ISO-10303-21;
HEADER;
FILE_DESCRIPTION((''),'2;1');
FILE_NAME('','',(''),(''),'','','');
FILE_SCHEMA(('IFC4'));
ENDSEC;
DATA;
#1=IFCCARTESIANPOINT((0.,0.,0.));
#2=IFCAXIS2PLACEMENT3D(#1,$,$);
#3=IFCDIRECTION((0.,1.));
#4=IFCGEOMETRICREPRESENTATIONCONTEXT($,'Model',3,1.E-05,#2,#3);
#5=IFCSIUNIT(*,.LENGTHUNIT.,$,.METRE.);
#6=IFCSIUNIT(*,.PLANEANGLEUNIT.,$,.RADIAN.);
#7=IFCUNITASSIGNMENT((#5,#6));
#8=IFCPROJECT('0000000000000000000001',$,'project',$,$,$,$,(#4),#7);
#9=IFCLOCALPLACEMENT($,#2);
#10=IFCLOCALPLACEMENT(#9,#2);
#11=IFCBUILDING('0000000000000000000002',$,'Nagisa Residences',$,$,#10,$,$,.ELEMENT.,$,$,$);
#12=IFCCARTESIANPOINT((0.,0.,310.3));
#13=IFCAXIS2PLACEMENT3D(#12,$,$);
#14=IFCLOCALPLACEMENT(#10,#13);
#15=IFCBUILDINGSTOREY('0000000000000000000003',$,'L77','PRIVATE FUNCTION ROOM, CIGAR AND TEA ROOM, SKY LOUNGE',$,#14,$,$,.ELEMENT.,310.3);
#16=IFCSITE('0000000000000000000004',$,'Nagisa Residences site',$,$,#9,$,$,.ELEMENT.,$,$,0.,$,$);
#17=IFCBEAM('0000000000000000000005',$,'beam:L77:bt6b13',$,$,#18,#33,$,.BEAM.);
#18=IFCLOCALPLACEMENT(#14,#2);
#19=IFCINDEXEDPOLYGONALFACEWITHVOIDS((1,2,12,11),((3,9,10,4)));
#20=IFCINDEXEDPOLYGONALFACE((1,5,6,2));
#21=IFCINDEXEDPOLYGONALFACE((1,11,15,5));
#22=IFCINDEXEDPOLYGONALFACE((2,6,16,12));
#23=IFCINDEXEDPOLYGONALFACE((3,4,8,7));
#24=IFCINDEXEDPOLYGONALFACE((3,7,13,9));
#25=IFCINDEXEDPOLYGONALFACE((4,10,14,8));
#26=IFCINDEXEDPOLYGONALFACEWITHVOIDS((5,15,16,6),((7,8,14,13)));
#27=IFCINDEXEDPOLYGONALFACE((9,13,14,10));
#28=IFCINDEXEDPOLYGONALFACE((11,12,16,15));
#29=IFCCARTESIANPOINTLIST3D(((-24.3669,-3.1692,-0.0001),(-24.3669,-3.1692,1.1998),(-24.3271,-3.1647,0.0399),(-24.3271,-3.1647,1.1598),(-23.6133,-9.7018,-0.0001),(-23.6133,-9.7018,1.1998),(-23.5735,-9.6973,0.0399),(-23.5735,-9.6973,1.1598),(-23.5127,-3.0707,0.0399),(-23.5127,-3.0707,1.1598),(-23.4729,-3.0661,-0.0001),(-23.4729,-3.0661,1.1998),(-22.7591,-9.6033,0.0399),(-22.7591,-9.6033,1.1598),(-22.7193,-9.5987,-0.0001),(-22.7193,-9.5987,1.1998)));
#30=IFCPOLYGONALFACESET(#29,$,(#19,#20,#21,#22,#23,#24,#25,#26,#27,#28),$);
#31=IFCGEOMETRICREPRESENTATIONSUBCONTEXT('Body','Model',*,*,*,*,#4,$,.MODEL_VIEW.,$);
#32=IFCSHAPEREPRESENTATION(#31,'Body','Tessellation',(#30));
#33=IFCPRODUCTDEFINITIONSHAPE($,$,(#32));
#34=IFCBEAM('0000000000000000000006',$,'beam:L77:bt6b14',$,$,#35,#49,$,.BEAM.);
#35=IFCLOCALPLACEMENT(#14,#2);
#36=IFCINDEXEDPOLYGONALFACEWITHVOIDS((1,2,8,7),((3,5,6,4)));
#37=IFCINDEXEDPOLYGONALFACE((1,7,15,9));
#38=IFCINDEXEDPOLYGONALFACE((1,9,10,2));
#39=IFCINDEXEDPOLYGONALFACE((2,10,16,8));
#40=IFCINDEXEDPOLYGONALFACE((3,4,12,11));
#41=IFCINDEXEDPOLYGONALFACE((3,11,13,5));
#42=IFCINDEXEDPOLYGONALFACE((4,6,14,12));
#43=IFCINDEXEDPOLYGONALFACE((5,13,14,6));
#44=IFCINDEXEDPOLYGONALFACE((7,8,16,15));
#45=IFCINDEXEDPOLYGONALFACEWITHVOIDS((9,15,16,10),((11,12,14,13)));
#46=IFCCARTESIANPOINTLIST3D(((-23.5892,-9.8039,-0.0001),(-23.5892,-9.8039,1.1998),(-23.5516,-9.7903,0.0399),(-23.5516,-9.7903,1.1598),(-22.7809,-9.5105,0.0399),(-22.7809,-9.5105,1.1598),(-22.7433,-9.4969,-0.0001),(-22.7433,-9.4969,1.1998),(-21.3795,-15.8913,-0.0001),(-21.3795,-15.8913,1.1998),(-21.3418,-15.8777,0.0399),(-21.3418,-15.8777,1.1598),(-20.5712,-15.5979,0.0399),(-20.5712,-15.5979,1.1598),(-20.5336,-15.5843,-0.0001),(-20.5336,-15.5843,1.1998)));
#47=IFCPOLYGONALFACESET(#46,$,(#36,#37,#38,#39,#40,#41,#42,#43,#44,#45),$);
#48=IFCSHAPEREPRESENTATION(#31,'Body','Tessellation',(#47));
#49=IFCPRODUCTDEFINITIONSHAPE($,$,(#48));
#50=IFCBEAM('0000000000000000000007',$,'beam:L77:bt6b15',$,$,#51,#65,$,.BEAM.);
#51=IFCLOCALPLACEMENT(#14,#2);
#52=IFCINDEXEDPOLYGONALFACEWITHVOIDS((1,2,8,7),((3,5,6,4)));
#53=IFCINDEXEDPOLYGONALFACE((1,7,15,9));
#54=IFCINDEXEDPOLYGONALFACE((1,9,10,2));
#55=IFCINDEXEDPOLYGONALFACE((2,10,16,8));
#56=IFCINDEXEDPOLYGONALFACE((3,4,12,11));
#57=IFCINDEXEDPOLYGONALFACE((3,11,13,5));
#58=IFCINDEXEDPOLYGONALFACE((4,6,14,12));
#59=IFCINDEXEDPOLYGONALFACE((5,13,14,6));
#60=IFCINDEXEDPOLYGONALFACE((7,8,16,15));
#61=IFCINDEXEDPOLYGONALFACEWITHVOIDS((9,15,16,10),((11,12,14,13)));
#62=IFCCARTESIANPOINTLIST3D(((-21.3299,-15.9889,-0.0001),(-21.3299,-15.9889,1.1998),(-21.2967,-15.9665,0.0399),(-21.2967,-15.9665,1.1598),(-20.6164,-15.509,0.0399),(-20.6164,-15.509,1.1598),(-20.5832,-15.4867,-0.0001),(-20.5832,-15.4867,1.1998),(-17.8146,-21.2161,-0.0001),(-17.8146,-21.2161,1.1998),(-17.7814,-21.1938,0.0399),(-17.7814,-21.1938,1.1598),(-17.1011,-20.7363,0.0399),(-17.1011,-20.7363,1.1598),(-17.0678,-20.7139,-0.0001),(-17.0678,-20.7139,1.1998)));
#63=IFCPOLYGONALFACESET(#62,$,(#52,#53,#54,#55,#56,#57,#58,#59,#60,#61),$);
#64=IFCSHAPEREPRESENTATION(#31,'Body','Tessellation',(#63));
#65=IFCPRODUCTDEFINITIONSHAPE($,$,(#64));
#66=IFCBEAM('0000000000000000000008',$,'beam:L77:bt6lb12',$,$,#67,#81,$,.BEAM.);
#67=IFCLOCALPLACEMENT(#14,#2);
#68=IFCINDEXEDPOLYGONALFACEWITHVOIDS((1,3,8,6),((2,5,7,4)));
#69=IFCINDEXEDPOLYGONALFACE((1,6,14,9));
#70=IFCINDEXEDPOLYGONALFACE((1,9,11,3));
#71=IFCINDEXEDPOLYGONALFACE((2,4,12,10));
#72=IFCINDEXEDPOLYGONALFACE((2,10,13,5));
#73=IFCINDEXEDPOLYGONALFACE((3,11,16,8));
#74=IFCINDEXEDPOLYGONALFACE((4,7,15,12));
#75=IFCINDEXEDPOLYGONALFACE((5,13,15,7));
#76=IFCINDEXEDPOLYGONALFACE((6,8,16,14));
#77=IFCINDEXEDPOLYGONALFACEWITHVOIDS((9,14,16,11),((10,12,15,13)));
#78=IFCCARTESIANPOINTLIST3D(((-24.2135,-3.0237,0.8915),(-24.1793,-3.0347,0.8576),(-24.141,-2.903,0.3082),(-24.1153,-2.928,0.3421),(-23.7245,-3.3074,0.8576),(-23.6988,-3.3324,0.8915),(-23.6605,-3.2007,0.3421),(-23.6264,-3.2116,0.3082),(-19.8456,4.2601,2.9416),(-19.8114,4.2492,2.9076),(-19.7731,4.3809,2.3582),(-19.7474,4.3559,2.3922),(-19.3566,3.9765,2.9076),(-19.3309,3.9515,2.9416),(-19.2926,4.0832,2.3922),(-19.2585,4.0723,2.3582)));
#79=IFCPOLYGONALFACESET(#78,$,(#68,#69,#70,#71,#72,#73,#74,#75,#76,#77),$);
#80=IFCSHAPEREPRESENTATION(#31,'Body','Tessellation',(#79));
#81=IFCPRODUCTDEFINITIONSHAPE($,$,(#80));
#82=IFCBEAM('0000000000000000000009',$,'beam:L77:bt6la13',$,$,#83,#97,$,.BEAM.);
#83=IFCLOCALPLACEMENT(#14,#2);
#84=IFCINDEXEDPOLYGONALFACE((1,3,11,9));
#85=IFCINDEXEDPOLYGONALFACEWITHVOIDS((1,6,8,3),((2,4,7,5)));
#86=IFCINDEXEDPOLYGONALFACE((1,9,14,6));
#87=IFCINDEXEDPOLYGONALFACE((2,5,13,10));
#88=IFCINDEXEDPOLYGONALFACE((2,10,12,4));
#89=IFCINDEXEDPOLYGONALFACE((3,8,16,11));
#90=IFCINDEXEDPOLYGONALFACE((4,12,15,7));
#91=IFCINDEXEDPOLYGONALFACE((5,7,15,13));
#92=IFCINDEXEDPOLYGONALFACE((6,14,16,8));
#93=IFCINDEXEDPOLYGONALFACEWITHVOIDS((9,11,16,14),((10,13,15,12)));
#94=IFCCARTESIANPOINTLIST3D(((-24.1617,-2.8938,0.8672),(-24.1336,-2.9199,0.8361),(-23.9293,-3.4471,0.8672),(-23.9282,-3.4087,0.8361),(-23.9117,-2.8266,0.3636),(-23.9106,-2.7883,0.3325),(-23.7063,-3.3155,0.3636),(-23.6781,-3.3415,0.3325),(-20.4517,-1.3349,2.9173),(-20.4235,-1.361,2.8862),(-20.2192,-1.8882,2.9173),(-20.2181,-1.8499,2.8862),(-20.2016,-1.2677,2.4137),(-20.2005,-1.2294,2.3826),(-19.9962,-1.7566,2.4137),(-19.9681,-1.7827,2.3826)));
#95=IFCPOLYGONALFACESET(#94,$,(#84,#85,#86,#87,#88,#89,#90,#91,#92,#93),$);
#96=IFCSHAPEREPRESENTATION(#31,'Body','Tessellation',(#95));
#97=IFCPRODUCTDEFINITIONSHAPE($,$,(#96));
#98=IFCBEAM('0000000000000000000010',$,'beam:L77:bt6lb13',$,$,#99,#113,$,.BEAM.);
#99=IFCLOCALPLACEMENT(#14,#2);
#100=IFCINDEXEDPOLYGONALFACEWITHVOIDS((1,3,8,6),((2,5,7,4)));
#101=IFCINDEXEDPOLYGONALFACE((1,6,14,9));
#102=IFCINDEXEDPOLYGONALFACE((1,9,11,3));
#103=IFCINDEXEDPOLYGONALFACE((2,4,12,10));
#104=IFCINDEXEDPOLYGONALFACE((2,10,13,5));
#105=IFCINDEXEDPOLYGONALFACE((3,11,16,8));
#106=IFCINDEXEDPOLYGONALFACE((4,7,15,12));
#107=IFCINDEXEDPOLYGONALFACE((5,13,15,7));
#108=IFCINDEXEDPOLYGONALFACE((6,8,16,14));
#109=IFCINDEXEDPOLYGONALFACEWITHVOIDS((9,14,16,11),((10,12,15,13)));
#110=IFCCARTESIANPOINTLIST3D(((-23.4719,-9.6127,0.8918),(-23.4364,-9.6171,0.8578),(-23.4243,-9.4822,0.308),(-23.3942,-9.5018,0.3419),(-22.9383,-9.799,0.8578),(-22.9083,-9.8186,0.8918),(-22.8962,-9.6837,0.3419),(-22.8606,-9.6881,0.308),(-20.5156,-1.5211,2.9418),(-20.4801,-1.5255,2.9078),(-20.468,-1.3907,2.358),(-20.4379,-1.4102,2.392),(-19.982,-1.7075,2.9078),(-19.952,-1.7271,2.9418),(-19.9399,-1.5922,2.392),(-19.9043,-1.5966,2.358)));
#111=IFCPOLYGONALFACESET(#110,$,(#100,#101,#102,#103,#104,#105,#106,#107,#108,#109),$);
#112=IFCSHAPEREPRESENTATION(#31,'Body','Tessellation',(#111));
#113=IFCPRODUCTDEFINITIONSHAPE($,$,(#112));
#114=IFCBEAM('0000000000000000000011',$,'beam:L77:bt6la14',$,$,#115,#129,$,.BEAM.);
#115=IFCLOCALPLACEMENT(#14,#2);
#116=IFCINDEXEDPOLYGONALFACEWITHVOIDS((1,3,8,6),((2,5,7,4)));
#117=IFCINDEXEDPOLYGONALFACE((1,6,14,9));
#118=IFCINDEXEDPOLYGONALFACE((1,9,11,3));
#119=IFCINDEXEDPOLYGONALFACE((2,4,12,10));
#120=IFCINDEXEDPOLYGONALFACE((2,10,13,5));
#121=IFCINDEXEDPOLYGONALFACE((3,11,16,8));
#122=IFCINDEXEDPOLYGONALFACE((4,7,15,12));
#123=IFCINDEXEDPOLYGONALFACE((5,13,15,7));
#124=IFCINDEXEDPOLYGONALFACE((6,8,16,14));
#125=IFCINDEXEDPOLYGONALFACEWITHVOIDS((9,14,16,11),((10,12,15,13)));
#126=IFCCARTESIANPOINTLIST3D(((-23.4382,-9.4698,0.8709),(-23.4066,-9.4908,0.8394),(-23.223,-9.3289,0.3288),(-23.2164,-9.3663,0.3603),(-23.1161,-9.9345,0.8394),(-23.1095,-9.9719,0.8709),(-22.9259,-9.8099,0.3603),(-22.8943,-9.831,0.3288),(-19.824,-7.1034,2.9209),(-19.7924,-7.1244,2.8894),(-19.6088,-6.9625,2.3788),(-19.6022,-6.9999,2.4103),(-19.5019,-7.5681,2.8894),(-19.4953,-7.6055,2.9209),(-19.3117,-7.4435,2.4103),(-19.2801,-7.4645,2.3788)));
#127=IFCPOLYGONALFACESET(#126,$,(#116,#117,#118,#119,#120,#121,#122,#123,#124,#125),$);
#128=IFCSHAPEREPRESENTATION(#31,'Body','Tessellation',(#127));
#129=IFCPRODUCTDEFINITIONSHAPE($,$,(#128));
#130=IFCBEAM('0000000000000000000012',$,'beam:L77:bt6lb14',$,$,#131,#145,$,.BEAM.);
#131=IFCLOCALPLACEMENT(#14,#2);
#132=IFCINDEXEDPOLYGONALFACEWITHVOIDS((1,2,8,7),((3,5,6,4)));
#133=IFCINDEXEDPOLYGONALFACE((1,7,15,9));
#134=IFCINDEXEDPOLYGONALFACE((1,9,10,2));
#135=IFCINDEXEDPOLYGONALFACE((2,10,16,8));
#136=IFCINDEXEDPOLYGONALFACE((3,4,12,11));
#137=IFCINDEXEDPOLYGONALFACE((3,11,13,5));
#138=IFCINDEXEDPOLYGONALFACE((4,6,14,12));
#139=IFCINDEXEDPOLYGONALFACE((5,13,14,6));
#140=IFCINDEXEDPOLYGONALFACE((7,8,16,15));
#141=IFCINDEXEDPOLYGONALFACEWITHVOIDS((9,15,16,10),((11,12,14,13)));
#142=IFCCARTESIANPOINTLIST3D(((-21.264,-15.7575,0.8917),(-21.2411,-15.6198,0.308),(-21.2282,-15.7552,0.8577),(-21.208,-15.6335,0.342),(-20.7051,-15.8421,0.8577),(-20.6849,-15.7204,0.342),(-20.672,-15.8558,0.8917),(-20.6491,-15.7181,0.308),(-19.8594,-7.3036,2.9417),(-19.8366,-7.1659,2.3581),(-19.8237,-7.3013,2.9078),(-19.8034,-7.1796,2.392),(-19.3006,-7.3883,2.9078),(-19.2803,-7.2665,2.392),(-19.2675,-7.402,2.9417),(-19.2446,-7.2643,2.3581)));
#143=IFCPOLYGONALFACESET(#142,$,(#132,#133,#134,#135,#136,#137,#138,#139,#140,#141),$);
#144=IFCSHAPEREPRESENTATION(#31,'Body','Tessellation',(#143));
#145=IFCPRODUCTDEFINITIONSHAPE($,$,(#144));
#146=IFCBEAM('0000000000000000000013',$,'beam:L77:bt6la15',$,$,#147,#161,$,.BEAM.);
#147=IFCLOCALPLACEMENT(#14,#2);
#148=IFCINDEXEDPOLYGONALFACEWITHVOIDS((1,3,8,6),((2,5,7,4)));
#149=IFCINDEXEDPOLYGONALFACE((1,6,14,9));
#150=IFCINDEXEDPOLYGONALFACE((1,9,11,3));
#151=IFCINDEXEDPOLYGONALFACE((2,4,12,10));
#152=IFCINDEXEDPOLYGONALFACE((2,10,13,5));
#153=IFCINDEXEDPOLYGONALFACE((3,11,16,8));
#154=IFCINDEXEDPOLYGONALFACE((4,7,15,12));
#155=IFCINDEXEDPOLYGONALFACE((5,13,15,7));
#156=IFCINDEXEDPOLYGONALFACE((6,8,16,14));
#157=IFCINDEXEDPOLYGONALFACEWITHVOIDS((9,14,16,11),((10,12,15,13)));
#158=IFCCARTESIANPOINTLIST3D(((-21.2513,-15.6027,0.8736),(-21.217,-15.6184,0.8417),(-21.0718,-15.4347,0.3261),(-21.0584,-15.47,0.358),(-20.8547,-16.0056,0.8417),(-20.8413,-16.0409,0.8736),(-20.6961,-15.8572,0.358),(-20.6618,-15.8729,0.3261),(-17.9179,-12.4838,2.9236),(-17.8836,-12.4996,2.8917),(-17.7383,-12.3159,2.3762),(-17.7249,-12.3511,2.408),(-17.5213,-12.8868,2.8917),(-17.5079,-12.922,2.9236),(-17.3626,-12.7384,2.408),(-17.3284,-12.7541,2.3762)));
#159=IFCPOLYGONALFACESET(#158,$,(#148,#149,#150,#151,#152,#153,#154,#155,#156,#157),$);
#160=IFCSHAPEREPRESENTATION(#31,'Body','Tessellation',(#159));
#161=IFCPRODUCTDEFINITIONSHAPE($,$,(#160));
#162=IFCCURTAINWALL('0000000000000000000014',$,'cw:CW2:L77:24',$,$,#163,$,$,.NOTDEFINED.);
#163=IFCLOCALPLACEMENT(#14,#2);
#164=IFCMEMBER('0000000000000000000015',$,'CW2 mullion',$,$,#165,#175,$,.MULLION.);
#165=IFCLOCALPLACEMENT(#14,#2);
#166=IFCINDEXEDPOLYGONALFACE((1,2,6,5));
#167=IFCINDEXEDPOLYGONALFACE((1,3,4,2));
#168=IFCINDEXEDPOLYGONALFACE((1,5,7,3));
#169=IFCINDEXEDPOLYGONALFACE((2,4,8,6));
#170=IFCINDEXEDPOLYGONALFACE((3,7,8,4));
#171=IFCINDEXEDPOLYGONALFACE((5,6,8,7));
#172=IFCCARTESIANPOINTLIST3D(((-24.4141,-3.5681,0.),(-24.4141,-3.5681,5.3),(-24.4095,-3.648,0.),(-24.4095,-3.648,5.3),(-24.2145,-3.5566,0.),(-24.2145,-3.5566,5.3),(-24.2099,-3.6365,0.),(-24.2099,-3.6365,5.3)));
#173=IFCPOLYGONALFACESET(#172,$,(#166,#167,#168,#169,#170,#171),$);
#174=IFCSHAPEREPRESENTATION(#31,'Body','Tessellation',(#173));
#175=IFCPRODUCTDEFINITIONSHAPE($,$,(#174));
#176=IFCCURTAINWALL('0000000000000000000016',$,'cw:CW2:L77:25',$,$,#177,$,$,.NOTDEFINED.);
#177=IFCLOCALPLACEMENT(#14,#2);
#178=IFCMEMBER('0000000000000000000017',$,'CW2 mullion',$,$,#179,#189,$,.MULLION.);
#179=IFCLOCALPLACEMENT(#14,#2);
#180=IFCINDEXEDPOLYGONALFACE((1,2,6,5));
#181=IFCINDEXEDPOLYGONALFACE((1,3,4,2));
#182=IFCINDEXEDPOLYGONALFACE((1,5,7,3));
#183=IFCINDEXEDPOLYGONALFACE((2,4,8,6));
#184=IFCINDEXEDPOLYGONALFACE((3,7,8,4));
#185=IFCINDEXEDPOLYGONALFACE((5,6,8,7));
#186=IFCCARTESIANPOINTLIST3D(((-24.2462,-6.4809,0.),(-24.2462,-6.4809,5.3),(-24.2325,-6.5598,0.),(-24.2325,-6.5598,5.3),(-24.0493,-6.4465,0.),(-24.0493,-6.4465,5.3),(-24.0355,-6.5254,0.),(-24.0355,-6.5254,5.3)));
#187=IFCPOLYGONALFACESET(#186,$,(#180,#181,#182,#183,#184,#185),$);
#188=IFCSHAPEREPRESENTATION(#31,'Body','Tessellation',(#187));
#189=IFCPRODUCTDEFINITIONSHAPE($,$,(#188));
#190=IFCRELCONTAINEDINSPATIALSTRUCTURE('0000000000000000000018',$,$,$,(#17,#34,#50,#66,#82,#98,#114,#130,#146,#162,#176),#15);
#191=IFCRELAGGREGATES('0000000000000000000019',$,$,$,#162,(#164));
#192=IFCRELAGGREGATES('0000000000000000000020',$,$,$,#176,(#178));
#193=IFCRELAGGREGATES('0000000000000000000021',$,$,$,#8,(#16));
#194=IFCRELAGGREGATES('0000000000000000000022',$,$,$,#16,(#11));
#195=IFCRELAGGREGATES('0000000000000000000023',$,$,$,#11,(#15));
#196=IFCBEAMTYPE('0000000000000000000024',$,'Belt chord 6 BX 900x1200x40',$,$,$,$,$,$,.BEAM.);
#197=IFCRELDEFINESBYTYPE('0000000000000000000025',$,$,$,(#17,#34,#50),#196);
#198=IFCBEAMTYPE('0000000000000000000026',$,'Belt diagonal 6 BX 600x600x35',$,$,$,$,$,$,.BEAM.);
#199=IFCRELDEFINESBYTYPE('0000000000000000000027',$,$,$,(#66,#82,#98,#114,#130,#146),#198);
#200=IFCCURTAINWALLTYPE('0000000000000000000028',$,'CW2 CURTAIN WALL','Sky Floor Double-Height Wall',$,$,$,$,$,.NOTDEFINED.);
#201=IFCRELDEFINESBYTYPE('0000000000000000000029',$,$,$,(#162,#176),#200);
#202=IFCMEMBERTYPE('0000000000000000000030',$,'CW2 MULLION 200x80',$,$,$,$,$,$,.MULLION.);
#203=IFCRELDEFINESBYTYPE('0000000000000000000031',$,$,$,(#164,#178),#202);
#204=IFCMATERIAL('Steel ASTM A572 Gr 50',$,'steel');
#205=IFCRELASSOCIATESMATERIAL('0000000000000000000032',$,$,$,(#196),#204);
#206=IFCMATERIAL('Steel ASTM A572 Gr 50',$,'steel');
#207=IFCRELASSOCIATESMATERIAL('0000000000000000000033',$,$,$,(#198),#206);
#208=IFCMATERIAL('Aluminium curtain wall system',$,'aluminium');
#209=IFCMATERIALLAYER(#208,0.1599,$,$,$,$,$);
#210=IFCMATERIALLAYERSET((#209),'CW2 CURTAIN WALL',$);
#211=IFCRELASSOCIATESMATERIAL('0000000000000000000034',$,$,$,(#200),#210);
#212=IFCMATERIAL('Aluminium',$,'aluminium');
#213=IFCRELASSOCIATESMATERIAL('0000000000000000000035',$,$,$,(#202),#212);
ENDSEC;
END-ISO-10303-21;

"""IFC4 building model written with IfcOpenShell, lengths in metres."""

from ifc_helpers import new_model, si_unit, direction, frame, origin, origin_2d, place, context, subcontext, project, spatial, rectangle, hollow_rectangle, extrude, material, layer, layer_set, material_profile, profile_set, type_object, element, aggregate, save


model = new_model("IFC4")

# Units and contexts
model_context = context("Model", 3, precision=1e-05, world=origin(), true_north=direction((0.0, 1.0)))
body_context = subcontext(model_context, "Body", "Model", "MODEL_VIEW")
ifc_project = project(units=[si_unit("LENGTHUNIT", "METRE"), si_unit("PLANEANGLEUNIT", "RADIAN")], contexts=[model_context])

# Site, building, storey
site_placement = place(None, origin())
site = spatial("IfcSite", under=ifc_project, at=site_placement, Name="Nagisa Residences site", CompositionType="ELEMENT", RefElevation=0.0)
building_placement = place(site_placement, origin())
building = spatial("IfcBuilding", under=site, at=building_placement, Name="Nagisa Residences", CompositionType="ELEMENT")
storey_placement = place(building_placement, frame((0.0, 0.0, 310.3)))
storey = spatial("IfcBuildingStorey", under=building, at=storey_placement, Name="L77", Description="PRIVATE FUNCTION ROOM, CIGAR AND TEA ROOM, SKY LOUNGE", CompositionType="ELEMENT", Elevation=310.3)

# Beams
ifc_material_1 = material(Name="Steel ASTM A572 Gr 50", Category="steel")
ifc_material_profile_1 = material_profile(ifc_material_1, hollow_rectangle(XDim=0.8999, YDim=1.2, WallThickness=0.04, at=origin_2d()), Name="BX 900x1200x40")
ifc_profile_set_1 = profile_set([ifc_material_profile_1], Name="Steel ASTM A572 Gr 50")
beam_type_1 = type_object("IfcBeamType", Name="Belt chord 6 BX 900x1200x40", PredefinedType="BEAM", material=ifc_profile_set_1)
beam_1_placement = place(storey_placement, frame((-23.9199, -3.1177, 0.5999), z_axis=(0.114607, -0.993411, 0.0), x_axis=(0.993411, 0.114607, 0.0)))
element("IfcBeam", 1, at=beam_1_placement, inside=storey, type_object=beam_type_1, Name="beam:L77:bt6b13", PredefinedType="BEAM", context=body_context, shape_type="SweptSolid", body=[
    extrude(hollow_rectangle(XDim=0.8999, YDim=1.2, WallThickness=0.04, at=origin_2d()), origin(), (0.0, 0.0, 1.0), 6.5759),
])
beam_2_placement = place(storey_placement, frame((-23.1663, -9.6504, 0.5999), z_axis=(0.341213, -0.939986, 0.0), x_axis=(0.939986, 0.341213, 0.0)))
element("IfcBeam", 2, at=beam_2_placement, inside=storey, type_object=beam_type_1, Name="beam:L77:bt6b14", PredefinedType="BEAM", context=body_context, shape_type="SweptSolid", body=[
    extrude(hollow_rectangle(XDim=0.8999, YDim=1.2, WallThickness=0.04, at=origin_2d()), origin(), (0.0, 0.0, 1.0), 6.4761),
])
beam_3_placement = place(storey_placement, frame((-20.9565, -15.7378, 0.5999), z_axis=(0.55805, -0.829808, 0.0), x_axis=(0.829808, 0.55805, 0.0)))
element("IfcBeam", 3, at=beam_3_placement, inside=storey, type_object=beam_type_1, Name="beam:L77:bt6b15", PredefinedType="BEAM", context=body_context, shape_type="SweptSolid", body=[
    extrude(hollow_rectangle(XDim=0.8999, YDim=1.2, WallThickness=0.04, at=origin_2d()), origin(), (0.0, 0.0, 1.0), 6.2993),
])
ifc_material_2 = material(Name="Steel ASTM A572 Gr 50", Category="steel")
ifc_material_profile_2 = material_profile(ifc_material_2, hollow_rectangle(XDim=0.6001, YDim=0.6001, WallThickness=0.0349, at=origin_2d()), Name="BX 600x600x35")
ifc_profile_set_2 = profile_set([ifc_material_profile_2], Name="Steel ASTM A572 Gr 50")
beam_type_2 = type_object("IfcBeamType", Name="Belt diagonal 6 BX 600x600x35", PredefinedType="BEAM", material=ifc_profile_set_2)
beam_4_placement = place(storey_placement, frame((-23.9199, -3.1177, 0.5999), z_axis=(0.499927, 0.833678, 0.234637), x_axis=(-0.85762, 0.514284, 0.0)))
element("IfcBeam", 4, at=beam_4_placement, inside=storey, type_object=beam_type_2, Name="beam:L77:bt6lb12", PredefinedType="BEAM", context=body_context, shape_type="SweptSolid", body=[
    extrude(hollow_rectangle(XDim=0.6001, YDim=0.6001, WallThickness=0.0349, at=origin_2d()), origin(), (0.0, 0.0, 1.0), 8.7371),
])
beam_5_placement = place(storey_placement, frame((-23.9199, -3.1177, 0.5999), z_axis=(0.82147, 0.345162, 0.453928), x_axis=(-0.387371, 0.921924, 0.0)))
element("IfcBeam", 5, at=beam_5_placement, inside=storey, type_object=beam_type_2, Name="beam:L77:bt6la13", PredefinedType="BEAM", context=body_context, shape_type="SweptSolid", body=[
    extrude(hollow_rectangle(XDim=0.6001, YDim=0.6001, WallThickness=0.0349, at=origin_2d()), origin(), (0.0, 0.0, 1.0), 4.5164),
])
beam_6_placement = place(storey_placement, frame((-23.1663, -9.6504, 0.5999), z_axis=(0.333847, 0.913757, 0.231506), x_axis=(-0.939274, 0.343169, 0.0)))
element("IfcBeam", 6, at=beam_6_placement, inside=storey, type_object=beam_type_2, Name="beam:L77:bt6lb13", PredefinedType="BEAM", context=body_context, shape_type="SweptSolid", body=[
    extrude(hollow_rectangle(XDim=0.6001, YDim=0.6001, WallThickness=0.0349, at=origin_2d()), origin(), (0.0, 0.0, 1.0), 8.8552),
])
beam_7_placement = place(storey_placement, frame((-23.1663, -9.6504, 0.5999), z_axis=(0.755835, 0.494887, 0.428719), x_axis=(-0.547782, 0.836621, 0.0)))
element("IfcBeam", 7, at=beam_7_placement, inside=storey, type_object=beam_type_2, Name="beam:L77:bt6la14", PredefinedType="BEAM", context=body_context, shape_type="SweptSolid", body=[
    extrude(hollow_rectangle(XDim=0.6001, YDim=0.6001, WallThickness=0.0349, at=origin_2d()), origin(), (0.0, 0.0, 1.0), 4.7817),
])
beam_8_placement = place(storey_placement, frame((-20.9565, -15.7378, 0.5999), z_axis=(0.159398, 0.959408, 0.232655), x_axis=(-0.986478, 0.163895, 0.0)))
element("IfcBeam", 8, at=beam_8_placement, inside=storey, type_object=beam_type_2, Name="beam:L77:bt6lb14", PredefinedType="BEAM", context=body_context, shape_type="SweptSolid", body=[
    extrude(hollow_rectangle(XDim=0.6001, YDim=0.6001, WallThickness=0.0349, at=origin_2d()), origin(), (0.0, 0.0, 1.0), 8.8115),
])
beam_9_placement = place(storey_placement, frame((-20.9565, -15.7378, 0.5999), z_axis=(0.666134, 0.623251, 0.409662), x_axis=(-0.683211, 0.730221, 0.0)))
element("IfcBeam", 9, at=beam_9_placement, inside=storey, type_object=beam_type_2, Name="beam:L77:bt6la15", PredefinedType="BEAM", context=body_context, shape_type="SweptSolid", body=[
    extrude(hollow_rectangle(XDim=0.6001, YDim=0.6001, WallThickness=0.0349, at=origin_2d()), origin(), (0.0, 0.0, 1.0), 5.0042),
])

# Curtain walls, members
ifc_material_3 = material(Name="Aluminium curtain wall system", Category="aluminium")
ifc_layer_1 = layer(ifc_material_3, 0.1599)
ifc_layer_set_1 = layer_set([ifc_layer_1], Name="CW2 CURTAIN WALL")
curtain_wall_type = type_object("IfcCurtainWallType", Name="CW2 CURTAIN WALL", Description="Sky Floor Double-Height Wall", PredefinedType="NOTDEFINED", material=ifc_layer_set_1)
curtain_wall_1_placement = place(storey_placement, origin())
curtain_wall_1 = element("IfcCurtainWall", 10, at=curtain_wall_1_placement, inside=storey, type_object=curtain_wall_type, Name="cw:CW2:L77:24", PredefinedType="NOTDEFINED")
ifc_material_4 = material(Name="Aluminium", Category="aluminium")
ifc_material_profile_3 = material_profile(ifc_material_4, rectangle(XDim=0.2, YDim=0.0801, at=origin_2d()), Name="CW2 MULLION 200x80")
ifc_profile_set_3 = profile_set([ifc_material_profile_3], Name="Aluminium")
member_type_1 = type_object("IfcMemberType", Name="CW2 MULLION 200x80", PredefinedType="MULLION", material=ifc_profile_set_3)
member_1_placement = place(storey_placement, frame((-24.312, -3.6023, 0.0), z_axis=(0.0, 0.0, 1.0), x_axis=(0.998345, 0.057503, 0.0)))
member_1 = element("IfcMember", 11, at=member_1_placement, type_object=member_type_1, Name="CW2 mullion", PredefinedType="MULLION", context=body_context, shape_type="SweptSolid", body=[
    extrude(rectangle(XDim=0.2, YDim=0.0801, at=origin_2d()), origin(), (0.0, 0.0, 1.0), 5.3),
])
curtain_wall_2_placement = place(storey_placement, origin())
curtain_wall_2 = element("IfcCurtainWall", 12, at=curtain_wall_2_placement, inside=storey, type_object=curtain_wall_type, Name="cw:CW2:L77:25", PredefinedType="NOTDEFINED")
member_2_placement = place(storey_placement, frame((-24.1409, -6.5032, 0.0), z_axis=(0.0, 0.0, 1.0), x_axis=(0.985064, 0.172191, 0.0)))
member_2 = element("IfcMember", 13, at=member_2_placement, type_object=member_type_1, Name="CW2 mullion", PredefinedType="MULLION", context=body_context, shape_type="SweptSolid", body=[
    extrude(rectangle(XDim=0.2, YDim=0.0801, at=origin_2d()), origin(), (0.0, 0.0, 1.0), 5.3),
])

aggregate(curtain_wall_1, [member_1])
aggregate(curtain_wall_2, [member_2])

save(model, "model.ifc")
